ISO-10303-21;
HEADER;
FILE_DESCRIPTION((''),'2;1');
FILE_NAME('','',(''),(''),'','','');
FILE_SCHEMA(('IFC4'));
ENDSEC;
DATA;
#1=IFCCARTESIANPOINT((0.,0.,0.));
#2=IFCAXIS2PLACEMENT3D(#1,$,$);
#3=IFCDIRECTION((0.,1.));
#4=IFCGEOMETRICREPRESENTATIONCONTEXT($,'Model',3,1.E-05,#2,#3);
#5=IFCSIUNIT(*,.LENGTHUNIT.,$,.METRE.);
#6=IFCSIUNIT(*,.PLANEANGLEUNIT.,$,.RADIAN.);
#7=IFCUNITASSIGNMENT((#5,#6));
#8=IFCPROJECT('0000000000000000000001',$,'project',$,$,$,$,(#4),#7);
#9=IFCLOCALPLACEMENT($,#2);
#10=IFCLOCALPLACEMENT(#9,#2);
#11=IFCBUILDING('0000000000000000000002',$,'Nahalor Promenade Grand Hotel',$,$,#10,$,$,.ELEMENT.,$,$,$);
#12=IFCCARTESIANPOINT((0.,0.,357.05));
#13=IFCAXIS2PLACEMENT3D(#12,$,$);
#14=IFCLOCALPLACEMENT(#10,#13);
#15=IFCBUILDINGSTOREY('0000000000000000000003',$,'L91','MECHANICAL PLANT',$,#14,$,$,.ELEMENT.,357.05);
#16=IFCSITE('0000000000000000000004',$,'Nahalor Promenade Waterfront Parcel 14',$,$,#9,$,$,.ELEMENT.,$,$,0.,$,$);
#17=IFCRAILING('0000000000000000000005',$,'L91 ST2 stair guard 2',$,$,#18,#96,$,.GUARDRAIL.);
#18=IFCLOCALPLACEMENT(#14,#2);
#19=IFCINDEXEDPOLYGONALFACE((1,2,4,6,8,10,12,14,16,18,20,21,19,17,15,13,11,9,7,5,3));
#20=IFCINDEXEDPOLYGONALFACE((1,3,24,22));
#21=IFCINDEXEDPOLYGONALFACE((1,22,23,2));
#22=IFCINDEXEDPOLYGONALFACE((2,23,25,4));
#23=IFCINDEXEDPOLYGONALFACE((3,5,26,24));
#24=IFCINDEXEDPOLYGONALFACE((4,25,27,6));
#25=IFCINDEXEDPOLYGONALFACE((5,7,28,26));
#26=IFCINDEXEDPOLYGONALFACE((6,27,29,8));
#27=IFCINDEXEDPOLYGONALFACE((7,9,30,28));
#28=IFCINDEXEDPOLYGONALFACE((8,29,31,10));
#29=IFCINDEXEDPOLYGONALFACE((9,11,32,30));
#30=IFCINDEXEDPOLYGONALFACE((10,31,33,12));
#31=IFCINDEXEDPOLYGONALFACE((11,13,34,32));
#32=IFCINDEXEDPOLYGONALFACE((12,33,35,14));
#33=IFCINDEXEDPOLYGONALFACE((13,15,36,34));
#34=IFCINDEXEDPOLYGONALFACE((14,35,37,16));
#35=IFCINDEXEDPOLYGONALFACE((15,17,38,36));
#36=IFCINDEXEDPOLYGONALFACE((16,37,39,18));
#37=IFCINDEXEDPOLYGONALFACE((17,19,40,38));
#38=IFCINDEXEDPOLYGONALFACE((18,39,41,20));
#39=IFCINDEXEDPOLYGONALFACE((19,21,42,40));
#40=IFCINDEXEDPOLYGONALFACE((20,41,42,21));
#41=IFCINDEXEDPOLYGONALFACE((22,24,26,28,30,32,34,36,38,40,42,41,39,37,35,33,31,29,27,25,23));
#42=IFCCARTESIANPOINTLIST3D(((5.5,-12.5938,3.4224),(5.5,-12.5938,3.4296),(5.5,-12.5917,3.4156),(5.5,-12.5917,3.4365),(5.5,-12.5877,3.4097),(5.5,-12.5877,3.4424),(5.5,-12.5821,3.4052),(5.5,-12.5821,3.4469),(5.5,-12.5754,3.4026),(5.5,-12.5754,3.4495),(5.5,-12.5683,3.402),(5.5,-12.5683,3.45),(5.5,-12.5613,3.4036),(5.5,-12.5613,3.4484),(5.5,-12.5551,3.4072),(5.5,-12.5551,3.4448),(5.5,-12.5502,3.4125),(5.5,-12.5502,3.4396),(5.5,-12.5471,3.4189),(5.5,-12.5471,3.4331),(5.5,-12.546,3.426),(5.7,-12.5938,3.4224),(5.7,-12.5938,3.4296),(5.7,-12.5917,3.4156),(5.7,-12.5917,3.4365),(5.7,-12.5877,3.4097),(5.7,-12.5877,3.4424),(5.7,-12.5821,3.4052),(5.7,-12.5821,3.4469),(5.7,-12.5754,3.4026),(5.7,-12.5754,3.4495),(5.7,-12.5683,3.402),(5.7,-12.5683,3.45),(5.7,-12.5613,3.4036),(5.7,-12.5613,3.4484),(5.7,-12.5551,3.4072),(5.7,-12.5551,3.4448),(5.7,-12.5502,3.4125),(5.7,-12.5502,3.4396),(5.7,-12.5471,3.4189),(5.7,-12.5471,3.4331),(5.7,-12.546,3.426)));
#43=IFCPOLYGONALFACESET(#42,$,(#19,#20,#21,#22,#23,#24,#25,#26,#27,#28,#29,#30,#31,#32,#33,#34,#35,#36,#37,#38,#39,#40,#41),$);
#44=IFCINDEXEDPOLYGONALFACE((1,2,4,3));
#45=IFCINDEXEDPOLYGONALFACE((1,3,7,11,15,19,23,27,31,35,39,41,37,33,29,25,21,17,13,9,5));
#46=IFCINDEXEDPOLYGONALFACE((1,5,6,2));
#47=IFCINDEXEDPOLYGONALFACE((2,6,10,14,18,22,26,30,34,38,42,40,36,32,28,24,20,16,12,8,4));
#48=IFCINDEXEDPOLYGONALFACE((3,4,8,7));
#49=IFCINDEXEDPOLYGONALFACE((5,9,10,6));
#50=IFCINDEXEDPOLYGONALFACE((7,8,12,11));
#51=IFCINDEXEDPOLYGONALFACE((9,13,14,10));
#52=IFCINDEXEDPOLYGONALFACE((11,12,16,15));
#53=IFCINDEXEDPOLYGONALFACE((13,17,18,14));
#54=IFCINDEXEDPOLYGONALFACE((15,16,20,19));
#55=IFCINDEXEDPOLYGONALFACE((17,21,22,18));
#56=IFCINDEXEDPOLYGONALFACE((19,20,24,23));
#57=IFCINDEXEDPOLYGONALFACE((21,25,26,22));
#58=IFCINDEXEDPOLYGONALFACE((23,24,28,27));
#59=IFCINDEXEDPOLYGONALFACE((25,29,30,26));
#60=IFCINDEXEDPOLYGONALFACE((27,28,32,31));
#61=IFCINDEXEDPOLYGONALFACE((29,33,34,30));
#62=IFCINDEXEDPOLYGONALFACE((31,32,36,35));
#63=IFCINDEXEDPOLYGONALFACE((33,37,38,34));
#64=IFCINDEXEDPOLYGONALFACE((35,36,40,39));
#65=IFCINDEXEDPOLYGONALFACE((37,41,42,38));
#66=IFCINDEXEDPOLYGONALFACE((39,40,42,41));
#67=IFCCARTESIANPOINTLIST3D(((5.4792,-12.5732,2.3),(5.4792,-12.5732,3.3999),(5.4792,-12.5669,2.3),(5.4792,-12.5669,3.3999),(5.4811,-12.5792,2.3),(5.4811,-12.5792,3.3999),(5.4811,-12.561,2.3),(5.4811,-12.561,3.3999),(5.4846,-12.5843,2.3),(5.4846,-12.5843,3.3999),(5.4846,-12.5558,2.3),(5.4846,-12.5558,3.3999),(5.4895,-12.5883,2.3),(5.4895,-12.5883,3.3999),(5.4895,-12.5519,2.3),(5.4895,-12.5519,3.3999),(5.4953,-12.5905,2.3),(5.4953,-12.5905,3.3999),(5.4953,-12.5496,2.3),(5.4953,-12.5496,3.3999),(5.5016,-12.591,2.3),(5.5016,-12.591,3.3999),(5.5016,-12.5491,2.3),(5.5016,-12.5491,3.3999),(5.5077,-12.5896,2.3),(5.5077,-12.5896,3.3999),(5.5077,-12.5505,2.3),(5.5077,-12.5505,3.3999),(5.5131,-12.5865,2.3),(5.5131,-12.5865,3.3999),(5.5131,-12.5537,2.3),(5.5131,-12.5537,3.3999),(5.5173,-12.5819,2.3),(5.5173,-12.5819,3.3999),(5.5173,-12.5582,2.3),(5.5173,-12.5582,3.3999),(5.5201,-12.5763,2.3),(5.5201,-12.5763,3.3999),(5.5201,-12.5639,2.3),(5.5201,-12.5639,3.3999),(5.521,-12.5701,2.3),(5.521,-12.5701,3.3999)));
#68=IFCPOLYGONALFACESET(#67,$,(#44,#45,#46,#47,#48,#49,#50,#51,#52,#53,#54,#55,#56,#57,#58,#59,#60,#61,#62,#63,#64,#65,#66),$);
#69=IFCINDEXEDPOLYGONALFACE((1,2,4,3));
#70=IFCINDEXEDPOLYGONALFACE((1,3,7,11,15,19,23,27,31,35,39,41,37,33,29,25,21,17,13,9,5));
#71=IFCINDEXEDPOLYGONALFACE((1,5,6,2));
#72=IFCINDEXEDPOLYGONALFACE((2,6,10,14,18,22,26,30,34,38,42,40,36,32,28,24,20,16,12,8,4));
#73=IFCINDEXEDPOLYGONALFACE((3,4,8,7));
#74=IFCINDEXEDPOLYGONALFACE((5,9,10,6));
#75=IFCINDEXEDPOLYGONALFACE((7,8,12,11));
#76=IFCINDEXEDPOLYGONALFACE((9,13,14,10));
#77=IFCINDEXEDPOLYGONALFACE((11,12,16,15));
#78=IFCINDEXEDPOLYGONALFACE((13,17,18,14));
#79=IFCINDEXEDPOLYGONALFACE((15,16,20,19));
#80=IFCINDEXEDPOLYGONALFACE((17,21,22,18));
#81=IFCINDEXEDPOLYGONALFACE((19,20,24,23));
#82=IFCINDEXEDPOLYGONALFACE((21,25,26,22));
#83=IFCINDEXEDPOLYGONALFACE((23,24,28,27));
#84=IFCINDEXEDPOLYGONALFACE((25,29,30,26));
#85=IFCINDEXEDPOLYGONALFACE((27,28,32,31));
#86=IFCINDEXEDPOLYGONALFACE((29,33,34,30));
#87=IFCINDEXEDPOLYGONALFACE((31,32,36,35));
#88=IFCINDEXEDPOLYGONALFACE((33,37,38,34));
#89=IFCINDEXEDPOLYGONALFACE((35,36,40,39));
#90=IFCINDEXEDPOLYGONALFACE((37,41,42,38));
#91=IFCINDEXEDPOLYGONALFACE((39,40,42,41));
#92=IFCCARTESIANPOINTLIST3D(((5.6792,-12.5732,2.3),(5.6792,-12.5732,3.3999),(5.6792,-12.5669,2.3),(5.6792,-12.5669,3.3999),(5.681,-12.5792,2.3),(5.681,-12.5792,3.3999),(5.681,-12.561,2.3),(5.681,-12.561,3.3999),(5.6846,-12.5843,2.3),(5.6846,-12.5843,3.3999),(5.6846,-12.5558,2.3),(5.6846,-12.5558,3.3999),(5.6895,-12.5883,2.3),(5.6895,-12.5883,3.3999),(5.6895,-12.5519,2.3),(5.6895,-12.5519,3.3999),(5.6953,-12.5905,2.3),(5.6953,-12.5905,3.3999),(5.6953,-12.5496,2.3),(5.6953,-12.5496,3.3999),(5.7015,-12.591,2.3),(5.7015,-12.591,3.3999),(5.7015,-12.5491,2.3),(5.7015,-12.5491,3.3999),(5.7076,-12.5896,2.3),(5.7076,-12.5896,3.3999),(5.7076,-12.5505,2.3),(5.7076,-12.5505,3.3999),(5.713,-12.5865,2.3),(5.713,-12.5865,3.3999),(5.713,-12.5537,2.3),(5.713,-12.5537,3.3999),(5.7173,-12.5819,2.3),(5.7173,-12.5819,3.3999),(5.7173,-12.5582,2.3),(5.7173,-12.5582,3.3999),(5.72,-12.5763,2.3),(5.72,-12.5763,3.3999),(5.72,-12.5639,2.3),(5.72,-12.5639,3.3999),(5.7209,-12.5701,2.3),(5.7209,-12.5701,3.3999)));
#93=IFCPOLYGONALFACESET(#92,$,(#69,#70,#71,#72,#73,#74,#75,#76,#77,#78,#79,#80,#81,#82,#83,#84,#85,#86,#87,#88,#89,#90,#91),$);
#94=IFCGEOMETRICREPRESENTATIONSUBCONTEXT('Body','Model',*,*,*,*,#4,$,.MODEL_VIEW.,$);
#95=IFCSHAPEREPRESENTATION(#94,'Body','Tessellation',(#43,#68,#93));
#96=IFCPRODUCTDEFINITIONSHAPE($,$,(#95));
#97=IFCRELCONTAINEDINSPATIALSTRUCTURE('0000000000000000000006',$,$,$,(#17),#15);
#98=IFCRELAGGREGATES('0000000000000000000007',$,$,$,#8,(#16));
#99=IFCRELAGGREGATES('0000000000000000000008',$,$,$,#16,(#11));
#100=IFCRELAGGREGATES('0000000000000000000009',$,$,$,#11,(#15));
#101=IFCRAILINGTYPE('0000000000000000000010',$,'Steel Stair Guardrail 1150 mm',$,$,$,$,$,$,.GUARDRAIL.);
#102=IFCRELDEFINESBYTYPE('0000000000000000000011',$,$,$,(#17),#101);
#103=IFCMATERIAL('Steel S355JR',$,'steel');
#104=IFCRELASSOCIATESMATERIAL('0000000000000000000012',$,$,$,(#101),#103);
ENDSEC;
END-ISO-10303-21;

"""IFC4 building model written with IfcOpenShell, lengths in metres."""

from ifc_helpers import new_model, si_unit, direction, frame, origin, origin_2d, place, context, subcontext, project, spatial, circle, extrude, material, type_object, element, save


model = new_model("IFC4")

# Units and contexts
model_context = context("Model", 3, precision=1e-05, world=origin(), true_north=direction((0.0, 1.0)))
body_context = subcontext(model_context, "Body", "Model", "MODEL_VIEW")
ifc_project = project(units=[si_unit("LENGTHUNIT", "METRE"), si_unit("PLANEANGLEUNIT", "RADIAN")], contexts=[model_context])

# Site, building, storey
site_placement = place(None, origin())
site = spatial("IfcSite", under=ifc_project, at=site_placement, Name="Nahalor Promenade Waterfront Parcel 14", CompositionType="ELEMENT", RefElevation=0.0)
building_placement = place(site_placement, origin())
building = spatial("IfcBuilding", under=site, at=building_placement, Name="Nahalor Promenade Grand Hotel", CompositionType="ELEMENT")
storey_placement = place(building_placement, frame((0.0, 0.0, 357.05)))
storey = spatial("IfcBuildingStorey", under=building, at=storey_placement, Name="L91", Description="MECHANICAL PLANT", CompositionType="ELEMENT", Elevation=357.05)

# Shared definitions
ifc_material_1 = material(Name="Steel S355JR", Category="steel")

# Railing
railing_type_1 = type_object("IfcRailingType", Name="Steel Stair Guardrail 1150 mm", PredefinedType="GUARDRAIL", material=ifc_material_1)
railing_1_placement = place(storey_placement, frame((5.5, -12.5701, 2.3)))
element("IfcRailing", 1, at=railing_1_placement, inside=storey, type_object=railing_type_1, Name="L91 ST2 stair guard 2", PredefinedType="GUARDRAIL", context=body_context, shape_type="SweptSolid", body=[
    extrude(circle(Radius=0.024, at=origin_2d()), frame((0.0, 0.0, 1.126), z_axis=(1.0, 0.0, 0.0), x_axis=(0.0, 1.0, 0.0)), (0.0, 0.0, 1.0), 0.2),
    extrude(circle(Radius=0.021, at=origin_2d()), origin(), (0.0, 0.0, 1.0), 1.0999),
    extrude(circle(Radius=0.021, at=origin_2d()), frame((0.2, 0.0, 0.0)), (0.0, 0.0, 1.0), 1.0999),
])

save(model, "model.ifc")
